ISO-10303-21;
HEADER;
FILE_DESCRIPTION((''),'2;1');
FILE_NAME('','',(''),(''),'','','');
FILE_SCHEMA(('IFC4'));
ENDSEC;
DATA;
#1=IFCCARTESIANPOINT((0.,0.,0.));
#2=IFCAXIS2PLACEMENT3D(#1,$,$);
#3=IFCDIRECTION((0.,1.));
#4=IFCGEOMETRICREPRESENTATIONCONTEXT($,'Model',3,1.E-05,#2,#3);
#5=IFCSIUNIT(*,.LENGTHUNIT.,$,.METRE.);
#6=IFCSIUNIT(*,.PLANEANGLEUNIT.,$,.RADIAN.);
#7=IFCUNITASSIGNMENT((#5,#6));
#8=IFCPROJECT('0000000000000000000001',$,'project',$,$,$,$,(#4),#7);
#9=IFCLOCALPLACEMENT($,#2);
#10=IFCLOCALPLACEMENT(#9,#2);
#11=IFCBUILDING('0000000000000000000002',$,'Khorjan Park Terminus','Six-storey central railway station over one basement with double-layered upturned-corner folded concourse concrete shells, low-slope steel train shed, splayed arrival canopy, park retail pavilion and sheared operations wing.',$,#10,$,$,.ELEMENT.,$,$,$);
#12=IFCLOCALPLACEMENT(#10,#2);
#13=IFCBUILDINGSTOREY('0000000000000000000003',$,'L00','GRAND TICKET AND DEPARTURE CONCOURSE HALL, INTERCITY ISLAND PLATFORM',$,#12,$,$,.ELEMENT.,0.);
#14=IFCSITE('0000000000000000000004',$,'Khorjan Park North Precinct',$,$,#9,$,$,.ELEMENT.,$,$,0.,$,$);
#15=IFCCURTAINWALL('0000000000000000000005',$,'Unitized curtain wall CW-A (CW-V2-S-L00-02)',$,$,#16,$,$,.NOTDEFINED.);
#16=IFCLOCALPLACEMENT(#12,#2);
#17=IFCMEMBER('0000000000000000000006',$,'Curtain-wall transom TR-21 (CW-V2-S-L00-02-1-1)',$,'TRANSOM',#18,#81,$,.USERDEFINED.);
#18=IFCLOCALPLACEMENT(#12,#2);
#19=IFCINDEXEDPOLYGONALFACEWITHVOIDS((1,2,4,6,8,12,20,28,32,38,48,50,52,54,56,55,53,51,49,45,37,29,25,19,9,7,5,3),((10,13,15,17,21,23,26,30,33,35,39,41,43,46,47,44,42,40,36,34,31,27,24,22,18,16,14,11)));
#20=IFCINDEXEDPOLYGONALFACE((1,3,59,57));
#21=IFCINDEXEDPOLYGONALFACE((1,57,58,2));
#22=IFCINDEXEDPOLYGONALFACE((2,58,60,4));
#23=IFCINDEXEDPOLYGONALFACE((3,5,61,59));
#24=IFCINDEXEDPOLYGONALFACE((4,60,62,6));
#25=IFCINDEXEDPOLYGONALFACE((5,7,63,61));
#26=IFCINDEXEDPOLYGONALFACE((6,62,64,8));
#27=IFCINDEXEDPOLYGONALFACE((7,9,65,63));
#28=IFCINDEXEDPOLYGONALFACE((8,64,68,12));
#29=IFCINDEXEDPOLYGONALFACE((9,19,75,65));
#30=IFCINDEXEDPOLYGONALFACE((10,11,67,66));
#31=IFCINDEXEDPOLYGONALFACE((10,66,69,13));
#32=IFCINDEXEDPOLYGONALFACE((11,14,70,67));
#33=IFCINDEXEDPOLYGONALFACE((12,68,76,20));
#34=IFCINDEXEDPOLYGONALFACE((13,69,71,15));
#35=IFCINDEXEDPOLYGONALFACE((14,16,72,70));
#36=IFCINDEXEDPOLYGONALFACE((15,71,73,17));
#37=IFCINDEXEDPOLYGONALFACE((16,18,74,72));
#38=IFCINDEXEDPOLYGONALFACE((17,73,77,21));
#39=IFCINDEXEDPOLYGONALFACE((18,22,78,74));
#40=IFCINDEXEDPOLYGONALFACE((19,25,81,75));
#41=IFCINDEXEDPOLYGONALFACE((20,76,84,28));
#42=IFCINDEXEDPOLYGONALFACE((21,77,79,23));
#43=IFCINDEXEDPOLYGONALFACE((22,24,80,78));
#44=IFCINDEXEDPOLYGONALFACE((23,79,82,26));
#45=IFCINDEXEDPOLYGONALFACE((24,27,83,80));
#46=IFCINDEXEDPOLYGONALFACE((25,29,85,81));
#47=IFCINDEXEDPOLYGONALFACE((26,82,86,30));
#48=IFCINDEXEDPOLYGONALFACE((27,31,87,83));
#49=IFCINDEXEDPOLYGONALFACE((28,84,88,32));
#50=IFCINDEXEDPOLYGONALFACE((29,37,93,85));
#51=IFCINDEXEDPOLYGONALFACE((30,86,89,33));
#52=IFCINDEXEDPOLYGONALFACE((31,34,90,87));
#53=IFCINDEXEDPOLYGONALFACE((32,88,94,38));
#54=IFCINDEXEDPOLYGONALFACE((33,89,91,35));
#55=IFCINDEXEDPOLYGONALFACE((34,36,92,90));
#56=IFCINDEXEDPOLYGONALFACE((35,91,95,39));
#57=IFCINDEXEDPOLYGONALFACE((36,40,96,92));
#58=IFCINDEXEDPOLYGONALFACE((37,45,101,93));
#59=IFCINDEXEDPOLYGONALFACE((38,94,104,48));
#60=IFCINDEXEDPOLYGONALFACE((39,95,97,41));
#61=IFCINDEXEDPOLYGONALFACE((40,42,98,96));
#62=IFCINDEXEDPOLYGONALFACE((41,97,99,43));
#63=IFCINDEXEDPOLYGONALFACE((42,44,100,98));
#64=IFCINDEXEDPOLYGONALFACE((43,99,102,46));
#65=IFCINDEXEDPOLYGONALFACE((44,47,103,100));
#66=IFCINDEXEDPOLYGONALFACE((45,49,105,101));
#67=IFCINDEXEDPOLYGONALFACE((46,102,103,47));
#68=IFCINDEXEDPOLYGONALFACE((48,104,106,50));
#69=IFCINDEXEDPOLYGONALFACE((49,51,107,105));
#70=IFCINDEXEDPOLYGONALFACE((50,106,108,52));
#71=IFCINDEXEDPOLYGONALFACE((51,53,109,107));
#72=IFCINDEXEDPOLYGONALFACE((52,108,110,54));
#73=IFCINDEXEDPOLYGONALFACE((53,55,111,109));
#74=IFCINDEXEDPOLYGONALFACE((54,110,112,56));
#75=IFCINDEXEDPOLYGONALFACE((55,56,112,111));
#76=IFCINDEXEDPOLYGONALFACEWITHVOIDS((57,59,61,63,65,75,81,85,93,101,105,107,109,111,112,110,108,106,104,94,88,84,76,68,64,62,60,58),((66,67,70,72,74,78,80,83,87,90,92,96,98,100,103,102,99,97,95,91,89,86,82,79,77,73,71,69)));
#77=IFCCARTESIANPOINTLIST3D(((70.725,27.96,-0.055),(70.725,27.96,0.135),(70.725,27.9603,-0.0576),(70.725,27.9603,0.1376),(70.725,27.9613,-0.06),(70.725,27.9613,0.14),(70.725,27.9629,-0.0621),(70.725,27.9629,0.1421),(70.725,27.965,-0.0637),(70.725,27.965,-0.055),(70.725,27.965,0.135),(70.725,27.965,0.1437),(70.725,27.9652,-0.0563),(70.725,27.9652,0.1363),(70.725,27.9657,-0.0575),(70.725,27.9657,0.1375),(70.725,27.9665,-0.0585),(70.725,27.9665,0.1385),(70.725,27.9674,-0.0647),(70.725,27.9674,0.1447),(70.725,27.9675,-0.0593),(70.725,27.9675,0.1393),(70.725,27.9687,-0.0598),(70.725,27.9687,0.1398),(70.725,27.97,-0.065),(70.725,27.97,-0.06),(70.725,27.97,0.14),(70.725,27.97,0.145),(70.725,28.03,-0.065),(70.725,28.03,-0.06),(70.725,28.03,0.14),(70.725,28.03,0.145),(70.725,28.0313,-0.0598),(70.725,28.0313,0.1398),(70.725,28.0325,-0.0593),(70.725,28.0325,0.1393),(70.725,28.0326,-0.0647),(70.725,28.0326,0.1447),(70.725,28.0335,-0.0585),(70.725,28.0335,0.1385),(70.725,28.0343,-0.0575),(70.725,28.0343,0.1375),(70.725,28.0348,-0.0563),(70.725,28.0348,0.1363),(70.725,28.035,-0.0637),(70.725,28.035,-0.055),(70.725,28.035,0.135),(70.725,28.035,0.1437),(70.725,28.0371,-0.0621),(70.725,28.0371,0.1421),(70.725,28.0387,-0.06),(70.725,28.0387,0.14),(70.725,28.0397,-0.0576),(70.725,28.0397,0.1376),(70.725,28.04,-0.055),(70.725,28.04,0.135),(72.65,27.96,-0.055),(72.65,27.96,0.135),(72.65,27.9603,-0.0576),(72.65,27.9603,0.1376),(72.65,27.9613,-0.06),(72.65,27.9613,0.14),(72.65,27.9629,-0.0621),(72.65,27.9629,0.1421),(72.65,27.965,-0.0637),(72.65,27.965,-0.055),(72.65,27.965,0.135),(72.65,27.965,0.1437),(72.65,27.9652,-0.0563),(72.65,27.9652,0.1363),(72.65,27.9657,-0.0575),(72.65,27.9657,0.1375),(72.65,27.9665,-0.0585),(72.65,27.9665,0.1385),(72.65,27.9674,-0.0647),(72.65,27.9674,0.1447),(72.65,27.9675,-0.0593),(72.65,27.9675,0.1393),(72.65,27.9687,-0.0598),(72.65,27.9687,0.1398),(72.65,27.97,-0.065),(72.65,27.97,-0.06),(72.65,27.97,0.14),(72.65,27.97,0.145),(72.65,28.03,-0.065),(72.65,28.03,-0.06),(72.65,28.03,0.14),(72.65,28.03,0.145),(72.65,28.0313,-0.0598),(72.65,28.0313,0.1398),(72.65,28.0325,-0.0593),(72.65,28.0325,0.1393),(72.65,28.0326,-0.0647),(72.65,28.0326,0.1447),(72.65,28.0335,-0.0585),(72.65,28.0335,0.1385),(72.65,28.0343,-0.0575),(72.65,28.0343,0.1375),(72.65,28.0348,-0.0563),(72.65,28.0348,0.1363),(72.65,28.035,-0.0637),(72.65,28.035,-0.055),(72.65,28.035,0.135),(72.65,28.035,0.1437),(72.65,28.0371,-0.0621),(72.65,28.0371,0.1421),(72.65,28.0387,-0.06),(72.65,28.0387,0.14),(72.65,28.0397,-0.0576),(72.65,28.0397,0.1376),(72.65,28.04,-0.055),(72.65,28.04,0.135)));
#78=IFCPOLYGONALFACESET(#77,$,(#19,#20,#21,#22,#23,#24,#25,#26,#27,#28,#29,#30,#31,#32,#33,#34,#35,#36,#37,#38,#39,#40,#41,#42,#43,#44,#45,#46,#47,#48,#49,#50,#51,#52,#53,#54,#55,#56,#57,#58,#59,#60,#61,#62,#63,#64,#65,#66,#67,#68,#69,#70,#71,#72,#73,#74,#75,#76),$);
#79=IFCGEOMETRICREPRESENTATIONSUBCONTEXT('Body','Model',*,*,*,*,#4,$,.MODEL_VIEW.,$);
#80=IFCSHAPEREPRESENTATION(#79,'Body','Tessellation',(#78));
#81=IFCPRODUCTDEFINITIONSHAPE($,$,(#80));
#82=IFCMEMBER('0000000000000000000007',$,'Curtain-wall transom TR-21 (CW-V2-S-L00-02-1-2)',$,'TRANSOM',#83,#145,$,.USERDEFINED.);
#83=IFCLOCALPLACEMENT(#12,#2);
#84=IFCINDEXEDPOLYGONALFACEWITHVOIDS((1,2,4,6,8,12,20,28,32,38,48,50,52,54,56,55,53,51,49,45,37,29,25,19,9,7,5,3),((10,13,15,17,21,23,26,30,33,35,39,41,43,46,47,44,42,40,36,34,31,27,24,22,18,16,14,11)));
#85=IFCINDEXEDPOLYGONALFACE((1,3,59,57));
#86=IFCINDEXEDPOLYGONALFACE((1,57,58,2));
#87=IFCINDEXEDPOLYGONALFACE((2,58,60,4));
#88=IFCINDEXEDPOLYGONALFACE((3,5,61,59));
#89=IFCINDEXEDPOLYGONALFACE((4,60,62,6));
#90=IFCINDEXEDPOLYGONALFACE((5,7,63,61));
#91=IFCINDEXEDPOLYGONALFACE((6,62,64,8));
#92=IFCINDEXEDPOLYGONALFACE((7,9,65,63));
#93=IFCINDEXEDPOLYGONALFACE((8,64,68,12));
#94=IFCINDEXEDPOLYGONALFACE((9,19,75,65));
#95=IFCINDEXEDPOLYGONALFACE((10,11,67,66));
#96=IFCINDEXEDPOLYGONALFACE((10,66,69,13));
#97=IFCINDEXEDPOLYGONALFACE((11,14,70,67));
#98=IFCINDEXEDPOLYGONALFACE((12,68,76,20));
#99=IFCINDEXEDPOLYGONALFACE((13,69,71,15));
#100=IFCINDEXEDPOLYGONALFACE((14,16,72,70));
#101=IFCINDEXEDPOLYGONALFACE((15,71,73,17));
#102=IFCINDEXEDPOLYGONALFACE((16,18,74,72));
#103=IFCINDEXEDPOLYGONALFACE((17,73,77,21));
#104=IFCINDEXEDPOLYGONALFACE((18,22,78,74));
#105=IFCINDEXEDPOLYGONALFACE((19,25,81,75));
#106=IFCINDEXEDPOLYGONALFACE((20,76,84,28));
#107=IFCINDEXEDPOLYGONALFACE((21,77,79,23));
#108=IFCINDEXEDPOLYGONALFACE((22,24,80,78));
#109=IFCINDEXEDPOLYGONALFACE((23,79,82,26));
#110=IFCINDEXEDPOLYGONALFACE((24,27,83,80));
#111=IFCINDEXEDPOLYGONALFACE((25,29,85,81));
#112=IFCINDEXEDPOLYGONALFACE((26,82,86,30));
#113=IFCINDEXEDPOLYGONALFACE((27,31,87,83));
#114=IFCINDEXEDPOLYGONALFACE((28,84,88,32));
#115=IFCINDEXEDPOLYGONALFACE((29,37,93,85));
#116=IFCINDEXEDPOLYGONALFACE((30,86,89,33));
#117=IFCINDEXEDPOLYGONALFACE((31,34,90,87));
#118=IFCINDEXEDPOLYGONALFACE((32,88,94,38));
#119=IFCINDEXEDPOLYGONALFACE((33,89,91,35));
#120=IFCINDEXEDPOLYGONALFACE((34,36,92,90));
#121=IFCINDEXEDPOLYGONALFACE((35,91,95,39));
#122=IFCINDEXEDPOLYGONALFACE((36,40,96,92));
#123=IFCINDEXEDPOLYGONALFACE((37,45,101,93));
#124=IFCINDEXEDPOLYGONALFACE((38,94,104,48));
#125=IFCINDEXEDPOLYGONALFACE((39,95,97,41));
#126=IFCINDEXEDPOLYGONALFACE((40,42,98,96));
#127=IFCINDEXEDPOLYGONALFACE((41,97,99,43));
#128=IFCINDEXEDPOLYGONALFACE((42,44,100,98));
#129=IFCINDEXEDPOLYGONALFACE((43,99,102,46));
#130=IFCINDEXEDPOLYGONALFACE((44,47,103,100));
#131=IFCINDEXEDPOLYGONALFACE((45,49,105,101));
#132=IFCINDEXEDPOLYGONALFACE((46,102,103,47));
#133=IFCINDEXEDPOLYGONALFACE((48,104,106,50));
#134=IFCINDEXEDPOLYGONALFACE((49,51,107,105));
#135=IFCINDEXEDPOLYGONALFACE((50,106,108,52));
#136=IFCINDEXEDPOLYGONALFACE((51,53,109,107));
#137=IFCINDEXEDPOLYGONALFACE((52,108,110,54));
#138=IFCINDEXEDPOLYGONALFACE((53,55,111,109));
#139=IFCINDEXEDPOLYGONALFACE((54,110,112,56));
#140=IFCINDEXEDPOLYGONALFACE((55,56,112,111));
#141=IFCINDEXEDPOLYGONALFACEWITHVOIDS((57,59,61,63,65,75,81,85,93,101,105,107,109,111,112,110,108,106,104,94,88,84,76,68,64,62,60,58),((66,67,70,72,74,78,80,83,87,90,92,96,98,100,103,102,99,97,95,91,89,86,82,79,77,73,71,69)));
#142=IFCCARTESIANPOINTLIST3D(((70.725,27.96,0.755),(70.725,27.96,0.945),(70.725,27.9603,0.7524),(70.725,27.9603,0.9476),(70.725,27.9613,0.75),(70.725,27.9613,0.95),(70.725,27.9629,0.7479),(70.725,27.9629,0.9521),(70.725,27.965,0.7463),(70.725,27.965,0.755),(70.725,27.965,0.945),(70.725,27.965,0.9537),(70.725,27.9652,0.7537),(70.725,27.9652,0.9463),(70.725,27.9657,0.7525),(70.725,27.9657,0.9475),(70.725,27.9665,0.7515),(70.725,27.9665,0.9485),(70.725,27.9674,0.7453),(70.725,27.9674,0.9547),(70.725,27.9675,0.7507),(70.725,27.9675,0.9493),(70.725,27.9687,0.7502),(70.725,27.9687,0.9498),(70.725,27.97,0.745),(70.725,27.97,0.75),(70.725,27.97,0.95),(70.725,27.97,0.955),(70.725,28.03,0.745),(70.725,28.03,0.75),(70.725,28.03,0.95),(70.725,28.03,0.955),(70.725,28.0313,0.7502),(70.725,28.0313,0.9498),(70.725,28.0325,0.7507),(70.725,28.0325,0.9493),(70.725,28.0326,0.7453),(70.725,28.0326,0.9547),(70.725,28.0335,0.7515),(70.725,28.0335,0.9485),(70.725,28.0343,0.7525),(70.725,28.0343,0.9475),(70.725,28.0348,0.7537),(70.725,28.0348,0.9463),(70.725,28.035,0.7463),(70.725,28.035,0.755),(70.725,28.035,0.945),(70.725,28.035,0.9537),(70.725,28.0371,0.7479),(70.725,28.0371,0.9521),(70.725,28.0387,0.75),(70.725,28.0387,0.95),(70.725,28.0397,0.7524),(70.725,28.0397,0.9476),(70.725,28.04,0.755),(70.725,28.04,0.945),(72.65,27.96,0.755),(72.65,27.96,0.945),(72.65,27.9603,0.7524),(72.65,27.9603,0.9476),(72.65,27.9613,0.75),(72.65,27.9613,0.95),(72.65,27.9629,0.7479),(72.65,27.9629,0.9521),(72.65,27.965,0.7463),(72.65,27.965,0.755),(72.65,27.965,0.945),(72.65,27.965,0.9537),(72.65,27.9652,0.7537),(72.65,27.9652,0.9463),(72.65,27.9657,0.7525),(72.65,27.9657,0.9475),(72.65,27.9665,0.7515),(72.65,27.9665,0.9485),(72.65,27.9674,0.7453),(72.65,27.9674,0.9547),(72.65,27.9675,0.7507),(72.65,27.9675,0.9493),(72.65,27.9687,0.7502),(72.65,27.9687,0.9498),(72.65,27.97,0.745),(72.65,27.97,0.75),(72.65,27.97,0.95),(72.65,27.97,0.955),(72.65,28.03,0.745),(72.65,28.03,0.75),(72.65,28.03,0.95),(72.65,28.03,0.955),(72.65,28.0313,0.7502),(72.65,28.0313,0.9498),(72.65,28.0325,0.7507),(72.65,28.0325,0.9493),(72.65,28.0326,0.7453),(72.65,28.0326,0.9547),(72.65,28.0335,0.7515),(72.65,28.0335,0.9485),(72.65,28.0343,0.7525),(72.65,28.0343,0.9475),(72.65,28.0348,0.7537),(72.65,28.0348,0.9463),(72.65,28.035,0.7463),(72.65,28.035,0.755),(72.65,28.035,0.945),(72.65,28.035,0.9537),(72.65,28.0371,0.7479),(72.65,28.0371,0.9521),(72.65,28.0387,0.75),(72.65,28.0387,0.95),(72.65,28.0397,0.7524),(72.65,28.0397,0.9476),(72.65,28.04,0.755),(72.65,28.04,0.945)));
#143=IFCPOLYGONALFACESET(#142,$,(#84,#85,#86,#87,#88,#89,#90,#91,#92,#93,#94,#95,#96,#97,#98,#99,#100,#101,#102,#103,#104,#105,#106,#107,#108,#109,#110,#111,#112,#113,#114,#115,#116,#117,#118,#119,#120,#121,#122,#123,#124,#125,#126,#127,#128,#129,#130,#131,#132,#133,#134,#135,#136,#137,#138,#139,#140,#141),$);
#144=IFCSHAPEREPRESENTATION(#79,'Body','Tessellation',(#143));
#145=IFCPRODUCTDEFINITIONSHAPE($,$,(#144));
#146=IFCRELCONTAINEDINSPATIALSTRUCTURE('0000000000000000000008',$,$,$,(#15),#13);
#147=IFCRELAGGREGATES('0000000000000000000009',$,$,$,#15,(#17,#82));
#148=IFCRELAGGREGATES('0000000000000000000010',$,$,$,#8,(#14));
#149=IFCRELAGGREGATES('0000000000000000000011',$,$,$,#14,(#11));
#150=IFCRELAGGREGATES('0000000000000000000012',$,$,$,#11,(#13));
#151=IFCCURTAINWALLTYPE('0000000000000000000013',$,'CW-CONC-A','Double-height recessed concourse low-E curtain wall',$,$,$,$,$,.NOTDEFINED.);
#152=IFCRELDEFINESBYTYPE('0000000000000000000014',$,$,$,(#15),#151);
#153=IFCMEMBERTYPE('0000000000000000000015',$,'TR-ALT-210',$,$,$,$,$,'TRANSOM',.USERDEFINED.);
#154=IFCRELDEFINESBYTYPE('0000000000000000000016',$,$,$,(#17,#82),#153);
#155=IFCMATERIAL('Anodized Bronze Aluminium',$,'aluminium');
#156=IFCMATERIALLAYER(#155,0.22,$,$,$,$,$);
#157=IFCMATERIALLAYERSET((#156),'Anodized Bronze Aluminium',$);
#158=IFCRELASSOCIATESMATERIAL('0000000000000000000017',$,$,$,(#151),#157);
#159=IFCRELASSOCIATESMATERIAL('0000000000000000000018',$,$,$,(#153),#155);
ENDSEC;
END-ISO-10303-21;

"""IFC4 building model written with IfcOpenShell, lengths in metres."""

from ifc_helpers import new_model, si_unit, direction, frame, origin, origin_2d, place, context, subcontext, project, spatial, hollow_rectangle, extrude, material, layer, layer_set, material_profile, profile_set, type_object, element, aggregate, save


model = new_model("IFC4")

# Units and contexts
model_context = context("Model", 3, precision=1e-05, world=origin(), true_north=direction((0.0, 1.0)))
body_context = subcontext(model_context, "Body", "Model", "MODEL_VIEW")
ifc_project = project(units=[si_unit("LENGTHUNIT", "METRE"), si_unit("PLANEANGLEUNIT", "RADIAN")], contexts=[model_context])

# Site, building, storey
site_placement = place(None, origin())
site = spatial("IfcSite", under=ifc_project, at=site_placement, Name="Khorjan Park North Precinct", CompositionType="ELEMENT", RefElevation=0.0)
building_placement = place(site_placement, origin())
building = spatial("IfcBuilding", under=site, at=building_placement, Name="Khorjan Park Terminus", Description="Six-storey central railway station over one basement with double-layered upturned-corner folded concourse concrete shells, low-slope steel train shed, splayed arrival canopy, park retail pavilion and sheared operations wing.", CompositionType="ELEMENT")
storey_placement = place(building_placement, origin())
storey = spatial("IfcBuildingStorey", under=building, at=storey_placement, Name="L00", Description="GRAND TICKET AND DEPARTURE CONCOURSE HALL, INTERCITY ISLAND PLATFORM", CompositionType="ELEMENT", Elevation=0.0)

# Shared definitions
ifc_material_1 = material(Name="Anodized Bronze Aluminium", Category="aluminium")
ifc_layer_1 = layer(ifc_material_1, 0.22)
ifc_layer_set_1 = layer_set([ifc_layer_1], Name="Anodized Bronze Aluminium")
curtain_wall_type = type_object("IfcCurtainWallType", Name="CW-CONC-A", Description="Double-height recessed concourse low-E curtain wall", PredefinedType="NOTDEFINED", material=ifc_layer_set_1)

# Curtain wall, members
curtain_wall_1_placement = place(storey_placement, origin())
curtain_wall_1 = element("IfcCurtainWall", 1, at=curtain_wall_1_placement, inside=storey, type_object=curtain_wall_type, Name="Unitized curtain wall CW-A (CW-V2-S-L00-02)", PredefinedType="NOTDEFINED")
ifc_material_profile_1 = material_profile(ifc_material_1, hollow_rectangle(XDim=0.08, YDim=0.21, WallThickness=0.005, InnerFilletRadius=0.005, OuterFilletRadius=0.01, at=origin_2d()), Name="ALT 80x210x5")
ifc_profile_set_1 = profile_set([ifc_material_profile_1], Name="Anodized Bronze Aluminium")
member_type_1 = type_object("IfcMemberType", Name="TR-ALT-210", ElementType="TRANSOM", PredefinedType="USERDEFINED", material=ifc_profile_set_1)
member_1_placement = place(storey_placement, frame((70.725, 28.0, 0.04), z_axis=(1.0, 0.0, 0.0), x_axis=(0.0, 1.0, 0.0)))
member_1 = element("IfcMember", 2, at=member_1_placement, type_object=member_type_1, Name="Curtain-wall transom TR-21 (CW-V2-S-L00-02-1-1)", ObjectType="TRANSOM", PredefinedType="USERDEFINED", context=body_context, shape_type="SweptSolid", body=[
    extrude(hollow_rectangle(XDim=0.08, YDim=0.21, WallThickness=0.005, InnerFilletRadius=0.005, OuterFilletRadius=0.01, at=origin_2d()), origin(), (0.0, 0.0, 1.0), 1.925),
])
member_2_placement = place(storey_placement, frame((70.725, 28.0, 0.85), z_axis=(1.0, 0.0, 0.0), x_axis=(0.0, 1.0, 0.0)))
member_2 = element("IfcMember", 3, at=member_2_placement, type_object=member_type_1, Name="Curtain-wall transom TR-21 (CW-V2-S-L00-02-1-2)", ObjectType="TRANSOM", PredefinedType="USERDEFINED", context=body_context, shape_type="SweptSolid", body=[
    extrude(hollow_rectangle(XDim=0.08, YDim=0.21, WallThickness=0.005, InnerFilletRadius=0.005, OuterFilletRadius=0.01, at=origin_2d()), origin(), (0.0, 0.0, 1.0), 1.925),
])
aggregate(curtain_wall_1, [member_1, member_2])

save(model, "model.ifc")
